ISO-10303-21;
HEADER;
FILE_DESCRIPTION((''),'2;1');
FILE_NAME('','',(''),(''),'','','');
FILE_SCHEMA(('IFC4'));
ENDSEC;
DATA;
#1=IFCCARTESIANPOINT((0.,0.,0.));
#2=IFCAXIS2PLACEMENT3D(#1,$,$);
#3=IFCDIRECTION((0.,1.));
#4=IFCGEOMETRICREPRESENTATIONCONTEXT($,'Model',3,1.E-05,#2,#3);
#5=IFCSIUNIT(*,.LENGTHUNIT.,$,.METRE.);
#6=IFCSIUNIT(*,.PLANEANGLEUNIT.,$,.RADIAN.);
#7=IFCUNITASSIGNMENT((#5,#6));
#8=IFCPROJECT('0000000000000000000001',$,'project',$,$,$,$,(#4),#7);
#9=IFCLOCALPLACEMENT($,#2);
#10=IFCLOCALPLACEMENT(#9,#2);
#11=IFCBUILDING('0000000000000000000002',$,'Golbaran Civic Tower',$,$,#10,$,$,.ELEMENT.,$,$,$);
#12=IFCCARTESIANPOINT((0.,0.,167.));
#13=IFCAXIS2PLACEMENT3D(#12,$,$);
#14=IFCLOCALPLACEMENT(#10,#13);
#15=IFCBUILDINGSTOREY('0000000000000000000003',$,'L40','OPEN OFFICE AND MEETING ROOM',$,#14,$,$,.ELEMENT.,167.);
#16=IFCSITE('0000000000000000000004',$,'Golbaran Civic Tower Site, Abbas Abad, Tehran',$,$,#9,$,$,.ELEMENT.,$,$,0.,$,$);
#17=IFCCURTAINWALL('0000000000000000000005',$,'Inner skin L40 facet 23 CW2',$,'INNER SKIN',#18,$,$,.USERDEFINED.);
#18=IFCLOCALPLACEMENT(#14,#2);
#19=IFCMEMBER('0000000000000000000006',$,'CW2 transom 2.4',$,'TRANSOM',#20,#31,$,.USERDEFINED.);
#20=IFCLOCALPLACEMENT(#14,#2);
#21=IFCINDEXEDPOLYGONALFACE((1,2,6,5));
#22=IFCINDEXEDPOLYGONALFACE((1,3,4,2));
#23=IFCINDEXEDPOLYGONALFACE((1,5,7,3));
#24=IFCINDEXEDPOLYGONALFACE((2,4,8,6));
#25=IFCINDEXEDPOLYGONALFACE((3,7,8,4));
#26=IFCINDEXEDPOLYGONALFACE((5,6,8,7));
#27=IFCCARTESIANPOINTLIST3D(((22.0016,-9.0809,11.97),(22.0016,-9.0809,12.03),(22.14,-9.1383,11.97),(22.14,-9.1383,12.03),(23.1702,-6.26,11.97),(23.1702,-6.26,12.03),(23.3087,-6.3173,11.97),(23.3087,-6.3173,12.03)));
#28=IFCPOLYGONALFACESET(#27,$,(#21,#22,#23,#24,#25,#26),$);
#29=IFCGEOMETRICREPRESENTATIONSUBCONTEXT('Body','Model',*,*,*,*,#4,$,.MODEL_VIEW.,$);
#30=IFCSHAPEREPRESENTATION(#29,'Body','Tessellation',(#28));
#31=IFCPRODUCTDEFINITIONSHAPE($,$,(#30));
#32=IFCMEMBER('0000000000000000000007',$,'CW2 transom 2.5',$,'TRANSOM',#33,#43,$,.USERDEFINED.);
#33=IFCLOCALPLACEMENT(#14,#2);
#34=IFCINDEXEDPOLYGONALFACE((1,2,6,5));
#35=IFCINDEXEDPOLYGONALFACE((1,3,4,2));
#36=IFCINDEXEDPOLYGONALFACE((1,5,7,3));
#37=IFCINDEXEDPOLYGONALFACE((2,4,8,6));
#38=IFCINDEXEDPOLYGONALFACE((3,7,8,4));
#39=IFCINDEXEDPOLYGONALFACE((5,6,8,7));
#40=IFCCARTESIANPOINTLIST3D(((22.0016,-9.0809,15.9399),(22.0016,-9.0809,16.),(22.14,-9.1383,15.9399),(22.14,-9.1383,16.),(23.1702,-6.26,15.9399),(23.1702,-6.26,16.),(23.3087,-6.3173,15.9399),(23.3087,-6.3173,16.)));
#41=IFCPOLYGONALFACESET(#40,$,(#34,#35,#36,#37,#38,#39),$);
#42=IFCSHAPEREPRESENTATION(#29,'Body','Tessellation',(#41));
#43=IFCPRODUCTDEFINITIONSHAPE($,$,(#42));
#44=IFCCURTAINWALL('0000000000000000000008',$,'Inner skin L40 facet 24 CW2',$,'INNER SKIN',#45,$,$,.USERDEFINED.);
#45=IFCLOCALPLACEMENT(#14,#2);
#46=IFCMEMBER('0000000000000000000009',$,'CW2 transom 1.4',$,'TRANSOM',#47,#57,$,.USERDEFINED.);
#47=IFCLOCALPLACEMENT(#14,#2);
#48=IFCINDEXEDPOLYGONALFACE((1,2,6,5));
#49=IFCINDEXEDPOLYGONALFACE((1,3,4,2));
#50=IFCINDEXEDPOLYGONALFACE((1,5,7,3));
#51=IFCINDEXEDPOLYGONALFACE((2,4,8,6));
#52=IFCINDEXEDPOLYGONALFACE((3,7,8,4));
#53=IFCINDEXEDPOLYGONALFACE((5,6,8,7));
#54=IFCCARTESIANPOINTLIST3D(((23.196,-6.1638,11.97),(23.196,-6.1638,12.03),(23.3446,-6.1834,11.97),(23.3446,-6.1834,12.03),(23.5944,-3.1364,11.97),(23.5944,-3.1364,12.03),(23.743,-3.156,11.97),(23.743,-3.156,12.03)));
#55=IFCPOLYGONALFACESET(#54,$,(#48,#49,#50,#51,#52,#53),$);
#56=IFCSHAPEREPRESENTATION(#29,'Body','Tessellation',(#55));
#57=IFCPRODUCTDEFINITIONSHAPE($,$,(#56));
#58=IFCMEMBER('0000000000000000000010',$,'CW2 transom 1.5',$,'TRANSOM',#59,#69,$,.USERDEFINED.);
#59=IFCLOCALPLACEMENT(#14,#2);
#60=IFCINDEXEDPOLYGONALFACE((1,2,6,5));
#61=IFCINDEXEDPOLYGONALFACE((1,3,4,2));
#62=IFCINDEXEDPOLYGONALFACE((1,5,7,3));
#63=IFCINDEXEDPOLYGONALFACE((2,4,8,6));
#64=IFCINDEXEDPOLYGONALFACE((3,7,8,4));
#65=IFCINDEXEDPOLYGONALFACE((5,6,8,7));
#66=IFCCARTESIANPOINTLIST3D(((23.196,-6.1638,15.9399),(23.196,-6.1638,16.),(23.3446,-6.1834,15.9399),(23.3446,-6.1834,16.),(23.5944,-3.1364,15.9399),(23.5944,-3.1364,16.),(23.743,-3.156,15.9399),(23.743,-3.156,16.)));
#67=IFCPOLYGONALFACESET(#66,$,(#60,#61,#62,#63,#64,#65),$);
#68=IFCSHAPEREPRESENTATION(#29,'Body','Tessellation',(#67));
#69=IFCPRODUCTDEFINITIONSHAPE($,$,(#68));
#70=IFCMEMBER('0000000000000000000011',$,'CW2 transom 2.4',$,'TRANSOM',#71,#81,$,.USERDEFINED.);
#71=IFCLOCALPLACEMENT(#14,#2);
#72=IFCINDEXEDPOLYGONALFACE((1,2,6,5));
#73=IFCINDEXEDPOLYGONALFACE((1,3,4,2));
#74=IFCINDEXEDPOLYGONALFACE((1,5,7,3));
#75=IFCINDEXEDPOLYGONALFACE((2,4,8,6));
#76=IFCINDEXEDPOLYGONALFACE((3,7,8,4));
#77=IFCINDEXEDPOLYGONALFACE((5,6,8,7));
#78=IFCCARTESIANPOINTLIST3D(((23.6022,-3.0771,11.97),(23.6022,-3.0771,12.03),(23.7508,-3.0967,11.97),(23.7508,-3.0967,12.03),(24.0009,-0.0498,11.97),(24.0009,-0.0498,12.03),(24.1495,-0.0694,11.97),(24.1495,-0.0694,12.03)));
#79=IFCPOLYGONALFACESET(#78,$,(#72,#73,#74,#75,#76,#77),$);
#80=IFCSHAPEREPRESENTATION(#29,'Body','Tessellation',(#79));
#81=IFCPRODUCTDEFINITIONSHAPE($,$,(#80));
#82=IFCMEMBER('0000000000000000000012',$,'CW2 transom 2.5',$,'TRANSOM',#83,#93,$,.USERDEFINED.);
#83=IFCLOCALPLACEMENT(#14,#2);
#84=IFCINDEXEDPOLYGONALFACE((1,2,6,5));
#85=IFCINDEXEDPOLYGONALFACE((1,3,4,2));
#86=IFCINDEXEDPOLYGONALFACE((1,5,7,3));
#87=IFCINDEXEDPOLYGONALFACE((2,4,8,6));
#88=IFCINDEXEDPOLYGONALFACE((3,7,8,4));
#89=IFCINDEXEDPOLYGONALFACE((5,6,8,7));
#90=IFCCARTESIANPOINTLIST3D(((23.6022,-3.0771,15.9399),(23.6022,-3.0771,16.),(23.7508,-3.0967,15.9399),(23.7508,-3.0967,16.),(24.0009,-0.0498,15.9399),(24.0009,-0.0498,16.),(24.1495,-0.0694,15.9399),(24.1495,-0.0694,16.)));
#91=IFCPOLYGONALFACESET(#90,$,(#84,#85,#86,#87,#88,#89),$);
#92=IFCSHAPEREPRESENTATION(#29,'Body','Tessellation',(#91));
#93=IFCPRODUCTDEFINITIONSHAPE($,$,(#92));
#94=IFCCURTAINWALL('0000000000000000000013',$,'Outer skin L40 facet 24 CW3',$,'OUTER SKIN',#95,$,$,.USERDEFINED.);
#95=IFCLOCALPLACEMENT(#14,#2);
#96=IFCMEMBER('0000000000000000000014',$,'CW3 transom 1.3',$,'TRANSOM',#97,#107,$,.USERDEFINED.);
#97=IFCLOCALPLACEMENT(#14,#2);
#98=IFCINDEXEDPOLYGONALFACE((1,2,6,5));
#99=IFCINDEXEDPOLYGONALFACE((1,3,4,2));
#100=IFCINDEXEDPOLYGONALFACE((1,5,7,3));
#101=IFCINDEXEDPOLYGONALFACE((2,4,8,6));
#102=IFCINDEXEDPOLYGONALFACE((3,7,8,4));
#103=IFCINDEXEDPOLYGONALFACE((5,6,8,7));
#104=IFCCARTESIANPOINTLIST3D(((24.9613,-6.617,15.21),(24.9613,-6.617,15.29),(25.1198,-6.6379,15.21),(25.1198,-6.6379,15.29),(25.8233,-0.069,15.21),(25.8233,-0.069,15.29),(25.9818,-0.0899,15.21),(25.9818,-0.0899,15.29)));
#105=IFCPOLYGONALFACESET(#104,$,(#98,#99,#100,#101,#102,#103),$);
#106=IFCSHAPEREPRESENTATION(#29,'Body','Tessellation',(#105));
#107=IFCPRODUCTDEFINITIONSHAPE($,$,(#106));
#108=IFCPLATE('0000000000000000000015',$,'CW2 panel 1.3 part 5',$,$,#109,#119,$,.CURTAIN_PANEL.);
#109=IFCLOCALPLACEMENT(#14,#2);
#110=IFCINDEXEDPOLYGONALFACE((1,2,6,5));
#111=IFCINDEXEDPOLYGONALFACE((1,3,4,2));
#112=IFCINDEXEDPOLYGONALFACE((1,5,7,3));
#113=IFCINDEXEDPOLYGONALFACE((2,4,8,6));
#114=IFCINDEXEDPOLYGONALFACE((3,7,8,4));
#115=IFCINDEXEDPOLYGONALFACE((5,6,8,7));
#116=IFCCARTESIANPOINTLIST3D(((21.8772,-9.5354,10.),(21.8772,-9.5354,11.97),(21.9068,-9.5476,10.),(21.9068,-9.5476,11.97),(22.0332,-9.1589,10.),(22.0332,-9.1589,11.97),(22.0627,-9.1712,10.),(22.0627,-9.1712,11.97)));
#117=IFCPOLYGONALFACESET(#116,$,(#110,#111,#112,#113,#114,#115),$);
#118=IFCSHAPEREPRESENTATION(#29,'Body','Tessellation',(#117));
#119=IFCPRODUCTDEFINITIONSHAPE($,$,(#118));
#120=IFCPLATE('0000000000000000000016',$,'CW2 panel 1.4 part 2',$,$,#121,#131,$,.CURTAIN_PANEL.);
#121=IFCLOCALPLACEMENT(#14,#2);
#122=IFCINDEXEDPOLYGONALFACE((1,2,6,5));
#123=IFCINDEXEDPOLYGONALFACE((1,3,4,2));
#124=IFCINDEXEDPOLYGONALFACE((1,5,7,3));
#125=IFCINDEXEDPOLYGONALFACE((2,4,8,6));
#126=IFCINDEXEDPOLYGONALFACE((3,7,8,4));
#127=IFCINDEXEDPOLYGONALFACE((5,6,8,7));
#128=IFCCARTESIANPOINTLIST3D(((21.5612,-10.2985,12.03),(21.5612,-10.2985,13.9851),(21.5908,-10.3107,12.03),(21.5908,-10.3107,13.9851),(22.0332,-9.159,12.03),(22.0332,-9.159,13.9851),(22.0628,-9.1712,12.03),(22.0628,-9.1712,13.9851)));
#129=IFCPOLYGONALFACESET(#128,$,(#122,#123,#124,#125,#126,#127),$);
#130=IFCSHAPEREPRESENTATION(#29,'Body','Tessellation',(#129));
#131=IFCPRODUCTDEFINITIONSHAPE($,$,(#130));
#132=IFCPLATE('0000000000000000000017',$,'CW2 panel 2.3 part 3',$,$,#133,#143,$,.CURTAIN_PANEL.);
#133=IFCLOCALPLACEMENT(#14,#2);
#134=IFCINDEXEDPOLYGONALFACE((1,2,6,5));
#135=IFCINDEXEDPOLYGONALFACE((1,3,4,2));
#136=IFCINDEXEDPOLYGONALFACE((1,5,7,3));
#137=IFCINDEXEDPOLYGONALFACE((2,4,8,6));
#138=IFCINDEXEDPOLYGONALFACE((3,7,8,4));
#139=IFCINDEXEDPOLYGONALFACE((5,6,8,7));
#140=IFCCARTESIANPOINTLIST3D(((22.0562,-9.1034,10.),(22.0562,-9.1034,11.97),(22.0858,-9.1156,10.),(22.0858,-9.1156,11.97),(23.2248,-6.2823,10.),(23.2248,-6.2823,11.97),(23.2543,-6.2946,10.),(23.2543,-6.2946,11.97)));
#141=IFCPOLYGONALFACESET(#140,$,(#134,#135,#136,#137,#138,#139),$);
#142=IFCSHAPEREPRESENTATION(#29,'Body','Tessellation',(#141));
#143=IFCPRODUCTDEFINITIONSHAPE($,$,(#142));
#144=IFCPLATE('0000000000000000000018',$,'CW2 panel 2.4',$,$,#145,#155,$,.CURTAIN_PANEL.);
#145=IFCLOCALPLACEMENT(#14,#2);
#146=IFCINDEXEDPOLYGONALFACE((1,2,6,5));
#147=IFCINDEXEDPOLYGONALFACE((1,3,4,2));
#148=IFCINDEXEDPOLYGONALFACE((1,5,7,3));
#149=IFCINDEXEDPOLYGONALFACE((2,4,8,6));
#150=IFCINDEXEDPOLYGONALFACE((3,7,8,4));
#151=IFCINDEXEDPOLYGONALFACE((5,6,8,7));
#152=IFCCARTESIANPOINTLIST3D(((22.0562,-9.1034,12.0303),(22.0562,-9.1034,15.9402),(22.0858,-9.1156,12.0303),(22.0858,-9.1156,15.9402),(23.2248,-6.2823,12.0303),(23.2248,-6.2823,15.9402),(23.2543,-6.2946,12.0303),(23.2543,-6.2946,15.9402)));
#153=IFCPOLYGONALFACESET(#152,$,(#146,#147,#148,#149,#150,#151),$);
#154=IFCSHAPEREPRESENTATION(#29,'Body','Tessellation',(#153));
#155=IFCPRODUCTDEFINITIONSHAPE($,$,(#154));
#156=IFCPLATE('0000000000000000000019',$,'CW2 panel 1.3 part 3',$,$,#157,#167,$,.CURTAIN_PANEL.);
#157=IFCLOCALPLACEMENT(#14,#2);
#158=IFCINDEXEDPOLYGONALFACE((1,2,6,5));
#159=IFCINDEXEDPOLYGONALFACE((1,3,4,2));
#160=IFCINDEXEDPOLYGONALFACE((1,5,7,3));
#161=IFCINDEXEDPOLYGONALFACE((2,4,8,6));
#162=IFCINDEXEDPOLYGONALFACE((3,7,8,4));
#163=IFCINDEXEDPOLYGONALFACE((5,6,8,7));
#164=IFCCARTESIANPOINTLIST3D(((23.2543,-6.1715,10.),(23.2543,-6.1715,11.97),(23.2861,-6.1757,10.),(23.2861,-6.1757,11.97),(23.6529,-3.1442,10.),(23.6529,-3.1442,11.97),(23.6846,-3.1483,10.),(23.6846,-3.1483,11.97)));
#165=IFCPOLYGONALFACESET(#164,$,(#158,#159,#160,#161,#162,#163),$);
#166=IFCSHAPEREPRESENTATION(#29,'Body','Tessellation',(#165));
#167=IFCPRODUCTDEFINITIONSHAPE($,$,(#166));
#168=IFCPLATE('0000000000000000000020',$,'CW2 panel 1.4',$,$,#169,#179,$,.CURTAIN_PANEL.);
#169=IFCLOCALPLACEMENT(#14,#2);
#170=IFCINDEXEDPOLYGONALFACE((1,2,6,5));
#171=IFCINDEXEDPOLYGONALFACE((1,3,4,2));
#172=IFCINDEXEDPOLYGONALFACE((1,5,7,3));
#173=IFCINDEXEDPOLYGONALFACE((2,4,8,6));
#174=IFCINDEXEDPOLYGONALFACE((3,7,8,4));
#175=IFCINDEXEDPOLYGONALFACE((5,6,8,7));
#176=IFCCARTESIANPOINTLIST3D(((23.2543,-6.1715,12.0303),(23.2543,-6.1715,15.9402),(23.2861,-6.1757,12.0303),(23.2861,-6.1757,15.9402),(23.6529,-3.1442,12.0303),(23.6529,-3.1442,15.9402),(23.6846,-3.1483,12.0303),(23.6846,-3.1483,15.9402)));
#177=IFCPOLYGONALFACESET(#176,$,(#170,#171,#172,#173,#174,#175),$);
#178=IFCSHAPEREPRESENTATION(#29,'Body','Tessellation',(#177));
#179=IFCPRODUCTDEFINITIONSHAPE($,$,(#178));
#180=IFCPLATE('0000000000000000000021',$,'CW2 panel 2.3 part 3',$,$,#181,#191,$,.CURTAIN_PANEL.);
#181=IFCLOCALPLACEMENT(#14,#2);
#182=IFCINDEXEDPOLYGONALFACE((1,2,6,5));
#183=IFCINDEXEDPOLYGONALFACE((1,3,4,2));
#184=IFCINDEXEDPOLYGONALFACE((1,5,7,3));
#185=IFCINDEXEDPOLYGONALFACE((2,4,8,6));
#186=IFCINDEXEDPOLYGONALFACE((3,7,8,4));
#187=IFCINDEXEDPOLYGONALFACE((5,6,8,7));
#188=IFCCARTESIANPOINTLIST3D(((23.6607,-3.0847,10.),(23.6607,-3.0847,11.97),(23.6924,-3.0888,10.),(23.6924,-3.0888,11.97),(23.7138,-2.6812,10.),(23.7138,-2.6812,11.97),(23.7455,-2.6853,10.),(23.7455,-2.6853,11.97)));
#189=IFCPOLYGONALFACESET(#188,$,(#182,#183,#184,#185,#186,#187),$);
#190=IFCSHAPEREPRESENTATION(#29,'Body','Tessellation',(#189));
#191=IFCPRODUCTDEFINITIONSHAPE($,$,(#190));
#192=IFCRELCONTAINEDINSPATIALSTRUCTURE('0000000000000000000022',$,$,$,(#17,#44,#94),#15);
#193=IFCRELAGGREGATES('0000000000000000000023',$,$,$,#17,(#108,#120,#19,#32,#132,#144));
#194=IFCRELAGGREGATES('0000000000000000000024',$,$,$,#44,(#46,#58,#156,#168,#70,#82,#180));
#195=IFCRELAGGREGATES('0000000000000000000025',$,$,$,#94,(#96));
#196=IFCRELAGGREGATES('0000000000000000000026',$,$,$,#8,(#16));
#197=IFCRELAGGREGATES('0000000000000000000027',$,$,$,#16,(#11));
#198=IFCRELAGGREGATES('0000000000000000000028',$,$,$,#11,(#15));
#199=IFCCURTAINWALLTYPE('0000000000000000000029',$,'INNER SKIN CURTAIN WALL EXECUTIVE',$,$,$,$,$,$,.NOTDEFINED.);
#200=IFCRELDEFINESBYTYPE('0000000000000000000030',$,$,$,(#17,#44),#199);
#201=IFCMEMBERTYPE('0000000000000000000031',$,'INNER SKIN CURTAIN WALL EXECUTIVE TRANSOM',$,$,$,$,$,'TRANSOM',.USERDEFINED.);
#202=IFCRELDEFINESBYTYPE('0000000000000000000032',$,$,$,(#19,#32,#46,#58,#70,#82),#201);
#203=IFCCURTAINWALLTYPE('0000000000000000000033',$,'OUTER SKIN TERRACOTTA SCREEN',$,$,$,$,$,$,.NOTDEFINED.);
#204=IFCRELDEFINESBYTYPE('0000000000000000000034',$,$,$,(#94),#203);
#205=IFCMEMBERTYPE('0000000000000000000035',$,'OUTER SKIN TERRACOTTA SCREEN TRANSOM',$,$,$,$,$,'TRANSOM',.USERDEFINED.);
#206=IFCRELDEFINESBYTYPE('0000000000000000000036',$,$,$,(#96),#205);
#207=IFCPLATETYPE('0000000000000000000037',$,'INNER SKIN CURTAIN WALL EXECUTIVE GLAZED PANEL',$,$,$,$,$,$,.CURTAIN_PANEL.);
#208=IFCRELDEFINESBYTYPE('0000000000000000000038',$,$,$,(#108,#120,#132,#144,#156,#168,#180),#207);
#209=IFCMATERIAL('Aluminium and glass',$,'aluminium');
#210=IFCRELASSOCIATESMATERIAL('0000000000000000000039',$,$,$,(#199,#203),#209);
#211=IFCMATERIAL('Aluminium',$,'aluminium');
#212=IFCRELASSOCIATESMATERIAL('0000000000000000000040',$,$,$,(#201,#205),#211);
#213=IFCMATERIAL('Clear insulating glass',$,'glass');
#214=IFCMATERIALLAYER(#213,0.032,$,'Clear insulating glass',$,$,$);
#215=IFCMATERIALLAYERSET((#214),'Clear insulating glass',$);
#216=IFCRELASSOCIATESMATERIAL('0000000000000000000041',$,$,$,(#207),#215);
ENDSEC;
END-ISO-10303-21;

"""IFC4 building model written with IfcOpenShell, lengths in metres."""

from ifc_helpers import new_model, si_unit, direction, frame, origin, origin_2d, place, context, subcontext, project, spatial, rectangle, extrude, material, layer, layer_set, material_profile, profile_set, type_object, element, aggregate, save


model = new_model("IFC4")

# Units and contexts
model_context = context("Model", 3, precision=1e-05, world=origin(), true_north=direction((0.0, 1.0)))
body_context = subcontext(model_context, "Body", "Model", "MODEL_VIEW")
ifc_project = project(units=[si_unit("LENGTHUNIT", "METRE"), si_unit("PLANEANGLEUNIT", "RADIAN")], contexts=[model_context])

# Site, building, storey
site_placement = place(None, origin())
site = spatial("IfcSite", under=ifc_project, at=site_placement, Name="Golbaran Civic Tower Site, Abbas Abad, Tehran", CompositionType="ELEMENT", RefElevation=0.0)
building_placement = place(site_placement, origin())
building = spatial("IfcBuilding", under=site, at=building_placement, Name="Golbaran Civic Tower", CompositionType="ELEMENT")
storey_placement = place(building_placement, frame((0.0, 0.0, 167.0)))
storey = spatial("IfcBuildingStorey", under=building, at=storey_placement, Name="L40", Description="OPEN OFFICE AND MEETING ROOM", CompositionType="ELEMENT", Elevation=167.0)

# Curtain walls, members
ifc_material_1 = material(Name="Aluminium and glass", Category="aluminium")
curtain_wall_type_1 = type_object("IfcCurtainWallType", Name="INNER SKIN CURTAIN WALL EXECUTIVE", PredefinedType="NOTDEFINED", material=ifc_material_1)
curtain_wall_1_placement = place(storey_placement, origin())
curtain_wall_1 = element("IfcCurtainWall", 1, at=curtain_wall_1_placement, inside=storey, type_object=curtain_wall_type_1, Name="Inner skin L40 facet 23 CW2", ObjectType="INNER SKIN", PredefinedType="USERDEFINED")
ifc_material_2 = material(Name="Aluminium", Category="aluminium")
ifc_material_profile_1 = material_profile(ifc_material_2, rectangle(XDim=0.1499, YDim=0.0601, at=origin_2d()), Name="INNER SKIN CURTAIN WALL EXECUTIVE TRANSOM")
ifc_profile_set_1 = profile_set([ifc_material_profile_1], Name="Aluminium")
member_type_1 = type_object("IfcMemberType", Name="INNER SKIN CURTAIN WALL EXECUTIVE TRANSOM", ElementType="TRANSOM", PredefinedType="USERDEFINED", material=ifc_profile_set_1)
member_1_placement = place(storey_placement, frame((22.0708, -9.1096, 12.0), z_axis=(0.382735, 0.923858, 0.0), x_axis=(-0.923858, 0.382735, 0.0)))
member_1 = element("IfcMember", 2, at=member_1_placement, type_object=member_type_1, Name="CW2 transom 2.4", ObjectType="TRANSOM", PredefinedType="USERDEFINED", context=body_context, shape_type="SweptSolid", body=[
    extrude(rectangle(XDim=0.1499, YDim=0.0601, at=origin_2d()), origin(), (0.0, 0.0, 1.0), 3.0535),
])
member_2_placement = place(storey_placement, frame((22.0708, -9.1096, 15.97), z_axis=(0.382735, 0.923858, 0.0), x_axis=(-0.923858, 0.382735, 0.0)))
member_2 = element("IfcMember", 3, at=member_2_placement, type_object=member_type_1, Name="CW2 transom 2.5", ObjectType="TRANSOM", PredefinedType="USERDEFINED", context=body_context, shape_type="SweptSolid", body=[
    extrude(rectangle(XDim=0.1499, YDim=0.0601, at=origin_2d()), origin(), (0.0, 0.0, 1.0), 3.0535),
])
curtain_wall_2_placement = place(storey_placement, origin())
curtain_wall_2 = element("IfcCurtainWall", 4, at=curtain_wall_2_placement, inside=storey, type_object=curtain_wall_type_1, Name="Inner skin L40 facet 24 CW2", ObjectType="INNER SKIN", PredefinedType="USERDEFINED")
member_3_placement = place(storey_placement, frame((23.2703, -6.1736, 12.0), z_axis=(0.130488, 0.99145, 0.0), x_axis=(-0.99145, 0.130488, 0.0)))
member_3 = element("IfcMember", 5, at=member_3_placement, type_object=member_type_1, Name="CW2 transom 1.4", ObjectType="TRANSOM", PredefinedType="USERDEFINED", context=body_context, shape_type="SweptSolid", body=[
    extrude(rectangle(XDim=0.1499, YDim=0.0601, at=origin_2d()), origin(), (0.0, 0.0, 1.0), 3.0535),
])
member_4_placement = place(storey_placement, frame((23.2703, -6.1736, 15.97), z_axis=(0.130488, 0.99145, 0.0), x_axis=(-0.99145, 0.130488, 0.0)))
member_4 = element("IfcMember", 6, at=member_4_placement, type_object=member_type_1, Name="CW2 transom 1.5", ObjectType="TRANSOM", PredefinedType="USERDEFINED", context=body_context, shape_type="SweptSolid", body=[
    extrude(rectangle(XDim=0.1499, YDim=0.0601, at=origin_2d()), origin(), (0.0, 0.0, 1.0), 3.0535),
])
member_5_placement = place(storey_placement, frame((23.6765, -3.0869, 12.0), z_axis=(0.130566, 0.99144, 0.0), x_axis=(-0.99144, 0.130566, 0.0)))
member_5 = element("IfcMember", 7, at=member_5_placement, type_object=member_type_1, Name="CW2 transom 2.4", ObjectType="TRANSOM", PredefinedType="USERDEFINED", context=body_context, shape_type="SweptSolid", body=[
    extrude(rectangle(XDim=0.1499, YDim=0.0601, at=origin_2d()), origin(), (0.0, 0.0, 1.0), 3.0535),
])
member_6_placement = place(storey_placement, frame((23.6765, -3.0869, 15.97), z_axis=(0.130566, 0.99144, 0.0), x_axis=(-0.99144, 0.130566, 0.0)))
member_6 = element("IfcMember", 8, at=member_6_placement, type_object=member_type_1, Name="CW2 transom 2.5", ObjectType="TRANSOM", PredefinedType="USERDEFINED", context=body_context, shape_type="SweptSolid", body=[
    extrude(rectangle(XDim=0.1499, YDim=0.0601, at=origin_2d()), origin(), (0.0, 0.0, 1.0), 3.0535),
])

# Curtain wall, member
curtain_wall_type_2 = type_object("IfcCurtainWallType", Name="OUTER SKIN TERRACOTTA SCREEN", PredefinedType="NOTDEFINED", material=ifc_material_1)
curtain_wall_3_placement = place(storey_placement, origin())
curtain_wall_3 = element("IfcCurtainWall", 9, at=curtain_wall_3_placement, inside=storey, type_object=curtain_wall_type_2, Name="Outer skin L40 facet 24 CW3", ObjectType="OUTER SKIN", PredefinedType="USERDEFINED")
ifc_material_profile_2 = material_profile(ifc_material_2, rectangle(XDim=0.1599, YDim=0.0801, at=origin_2d()), Name="OUTER SKIN TERRACOTTA SCREEN TRANSOM")
ifc_profile_set_2 = profile_set([ifc_material_profile_2], Name="Aluminium")
member_type_2 = type_object("IfcMemberType", Name="OUTER SKIN TERRACOTTA SCREEN TRANSOM", ElementType="TRANSOM", PredefinedType="USERDEFINED", material=ifc_profile_set_2)
member_7_placement = place(storey_placement, frame((25.0405, -6.6274, 15.25), z_axis=(0.130524, 0.991445, 0.0), x_axis=(-0.991445, 0.130524, 0.0)))
member_7 = element("IfcMember", 10, at=member_7_placement, type_object=member_type_2, Name="CW3 transom 1.3", ObjectType="TRANSOM", PredefinedType="USERDEFINED", context=body_context, shape_type="SweptSolid", body=[
    extrude(rectangle(XDim=0.1599, YDim=0.0801, at=origin_2d()), origin(), (0.0, 0.0, 1.0), 6.6045),
])

# Plates
ifc_material_3 = material(Name="Clear insulating glass", Category="glass")
ifc_layer_1 = layer(ifc_material_3, 0.032, Name="Clear insulating glass")
ifc_layer_set_1 = layer_set([ifc_layer_1], Name="Clear insulating glass")
plate_type_1 = type_object("IfcPlateType", Name="INNER SKIN CURTAIN WALL EXECUTIVE GLAZED PANEL", PredefinedType="CURTAIN_PANEL", material=ifc_layer_set_1)
plate_1_placement = place(storey_placement, frame((21.97, -9.3533, 10.0), z_axis=(0.0, 0.0, 1.0), x_axis=(0.382683, 0.92388, 0.0)))
plate_1 = element("IfcPlate", 11, at=plate_1_placement, type_object=plate_type_1, Name="CW2 panel 1.3 part 5", PredefinedType="CURTAIN_PANEL", context=body_context, shape_type="SweptSolid", body=[
    extrude(rectangle(XDim=0.4075, YDim=0.032, at=origin_2d()), origin(), (0.0, 0.0, 1.0), 1.97),
])
plate_2_placement = place(storey_placement, frame((21.812, -9.7349, 12.03), z_axis=(0.0, 0.0, 1.0), x_axis=(0.382683, 0.92388, 0.0)))
plate_2 = element("IfcPlate", 12, at=plate_2_placement, type_object=plate_type_1, Name="CW2 panel 1.4 part 2", PredefinedType="CURTAIN_PANEL", context=body_context, shape_type="SweptSolid", body=[
    extrude(rectangle(XDim=1.2334, YDim=0.032, at=origin_2d()), origin(), (0.0, 0.0, 1.0), 1.9551),
])
plate_3_placement = place(storey_placement, frame((22.6553, -7.699, 10.0), z_axis=(0.0, 0.0, 1.0), x_axis=(0.382683, 0.92388, 0.0)))
plate_3 = element("IfcPlate", 13, at=plate_3_placement, type_object=plate_type_1, Name="CW2 panel 2.3 part 3", PredefinedType="CURTAIN_PANEL", context=body_context, shape_type="SweptSolid", body=[
    extrude(rectangle(XDim=3.0535, YDim=0.032, at=origin_2d()), origin(), (0.0, 0.0, 1.0), 1.97),
])
plate_4_placement = place(storey_placement, frame((22.6553, -7.699, 12.0303), z_axis=(0.0, 0.0, 1.0), x_axis=(0.382683, 0.92388, 0.0)))
plate_4 = element("IfcPlate", 14, at=plate_4_placement, type_object=plate_type_1, Name="CW2 panel 2.4", PredefinedType="CURTAIN_PANEL", context=body_context, shape_type="SweptSolid", body=[
    extrude(rectangle(XDim=3.0535, YDim=0.032, at=origin_2d()), origin(), (0.0, 0.0, 1.0), 3.9099),
])
aggregate(curtain_wall_1, [plate_1, plate_2, member_1, member_2, plate_3, plate_4])
plate_5_placement = place(storey_placement, frame((23.4695, -4.6599, 10.0), z_axis=(0.0, 0.0, 1.0), x_axis=(0.130526, 0.991445, 0.0)))
plate_5 = element("IfcPlate", 15, at=plate_5_placement, type_object=plate_type_1, Name="CW2 panel 1.3 part 3", PredefinedType="CURTAIN_PANEL", context=body_context, shape_type="SweptSolid", body=[
    extrude(rectangle(XDim=3.0535, YDim=0.032, at=origin_2d()), origin(), (0.0, 0.0, 1.0), 1.97),
])
plate_6_placement = place(storey_placement, frame((23.4695, -4.6599, 12.0303), z_axis=(0.0, 0.0, 1.0), x_axis=(0.130526, 0.991445, 0.0)))
plate_6 = element("IfcPlate", 16, at=plate_6_placement, type_object=plate_type_1, Name="CW2 panel 1.4", PredefinedType="CURTAIN_PANEL", context=body_context, shape_type="SweptSolid", body=[
    extrude(rectangle(XDim=3.0535, YDim=0.032, at=origin_2d()), origin(), (0.0, 0.0, 1.0), 3.9099),
])
plate_7_placement = place(storey_placement, frame((23.7031, -2.885, 10.0), z_axis=(0.0, 0.0, 1.0), x_axis=(0.130526, 0.991445, 0.0)))
plate_7 = element("IfcPlate", 17, at=plate_7_placement, type_object=plate_type_1, Name="CW2 panel 2.3 part 3", PredefinedType="CURTAIN_PANEL", context=body_context, shape_type="SweptSolid", body=[
    extrude(rectangle(XDim=0.407, YDim=0.032, at=origin_2d()), origin(), (0.0, 0.0, 1.0), 1.97),
])
aggregate(curtain_wall_2, [member_3, member_4, plate_5, plate_6, member_5, member_6, plate_7])
aggregate(curtain_wall_3, [member_7])

save(model, "model.ifc")
